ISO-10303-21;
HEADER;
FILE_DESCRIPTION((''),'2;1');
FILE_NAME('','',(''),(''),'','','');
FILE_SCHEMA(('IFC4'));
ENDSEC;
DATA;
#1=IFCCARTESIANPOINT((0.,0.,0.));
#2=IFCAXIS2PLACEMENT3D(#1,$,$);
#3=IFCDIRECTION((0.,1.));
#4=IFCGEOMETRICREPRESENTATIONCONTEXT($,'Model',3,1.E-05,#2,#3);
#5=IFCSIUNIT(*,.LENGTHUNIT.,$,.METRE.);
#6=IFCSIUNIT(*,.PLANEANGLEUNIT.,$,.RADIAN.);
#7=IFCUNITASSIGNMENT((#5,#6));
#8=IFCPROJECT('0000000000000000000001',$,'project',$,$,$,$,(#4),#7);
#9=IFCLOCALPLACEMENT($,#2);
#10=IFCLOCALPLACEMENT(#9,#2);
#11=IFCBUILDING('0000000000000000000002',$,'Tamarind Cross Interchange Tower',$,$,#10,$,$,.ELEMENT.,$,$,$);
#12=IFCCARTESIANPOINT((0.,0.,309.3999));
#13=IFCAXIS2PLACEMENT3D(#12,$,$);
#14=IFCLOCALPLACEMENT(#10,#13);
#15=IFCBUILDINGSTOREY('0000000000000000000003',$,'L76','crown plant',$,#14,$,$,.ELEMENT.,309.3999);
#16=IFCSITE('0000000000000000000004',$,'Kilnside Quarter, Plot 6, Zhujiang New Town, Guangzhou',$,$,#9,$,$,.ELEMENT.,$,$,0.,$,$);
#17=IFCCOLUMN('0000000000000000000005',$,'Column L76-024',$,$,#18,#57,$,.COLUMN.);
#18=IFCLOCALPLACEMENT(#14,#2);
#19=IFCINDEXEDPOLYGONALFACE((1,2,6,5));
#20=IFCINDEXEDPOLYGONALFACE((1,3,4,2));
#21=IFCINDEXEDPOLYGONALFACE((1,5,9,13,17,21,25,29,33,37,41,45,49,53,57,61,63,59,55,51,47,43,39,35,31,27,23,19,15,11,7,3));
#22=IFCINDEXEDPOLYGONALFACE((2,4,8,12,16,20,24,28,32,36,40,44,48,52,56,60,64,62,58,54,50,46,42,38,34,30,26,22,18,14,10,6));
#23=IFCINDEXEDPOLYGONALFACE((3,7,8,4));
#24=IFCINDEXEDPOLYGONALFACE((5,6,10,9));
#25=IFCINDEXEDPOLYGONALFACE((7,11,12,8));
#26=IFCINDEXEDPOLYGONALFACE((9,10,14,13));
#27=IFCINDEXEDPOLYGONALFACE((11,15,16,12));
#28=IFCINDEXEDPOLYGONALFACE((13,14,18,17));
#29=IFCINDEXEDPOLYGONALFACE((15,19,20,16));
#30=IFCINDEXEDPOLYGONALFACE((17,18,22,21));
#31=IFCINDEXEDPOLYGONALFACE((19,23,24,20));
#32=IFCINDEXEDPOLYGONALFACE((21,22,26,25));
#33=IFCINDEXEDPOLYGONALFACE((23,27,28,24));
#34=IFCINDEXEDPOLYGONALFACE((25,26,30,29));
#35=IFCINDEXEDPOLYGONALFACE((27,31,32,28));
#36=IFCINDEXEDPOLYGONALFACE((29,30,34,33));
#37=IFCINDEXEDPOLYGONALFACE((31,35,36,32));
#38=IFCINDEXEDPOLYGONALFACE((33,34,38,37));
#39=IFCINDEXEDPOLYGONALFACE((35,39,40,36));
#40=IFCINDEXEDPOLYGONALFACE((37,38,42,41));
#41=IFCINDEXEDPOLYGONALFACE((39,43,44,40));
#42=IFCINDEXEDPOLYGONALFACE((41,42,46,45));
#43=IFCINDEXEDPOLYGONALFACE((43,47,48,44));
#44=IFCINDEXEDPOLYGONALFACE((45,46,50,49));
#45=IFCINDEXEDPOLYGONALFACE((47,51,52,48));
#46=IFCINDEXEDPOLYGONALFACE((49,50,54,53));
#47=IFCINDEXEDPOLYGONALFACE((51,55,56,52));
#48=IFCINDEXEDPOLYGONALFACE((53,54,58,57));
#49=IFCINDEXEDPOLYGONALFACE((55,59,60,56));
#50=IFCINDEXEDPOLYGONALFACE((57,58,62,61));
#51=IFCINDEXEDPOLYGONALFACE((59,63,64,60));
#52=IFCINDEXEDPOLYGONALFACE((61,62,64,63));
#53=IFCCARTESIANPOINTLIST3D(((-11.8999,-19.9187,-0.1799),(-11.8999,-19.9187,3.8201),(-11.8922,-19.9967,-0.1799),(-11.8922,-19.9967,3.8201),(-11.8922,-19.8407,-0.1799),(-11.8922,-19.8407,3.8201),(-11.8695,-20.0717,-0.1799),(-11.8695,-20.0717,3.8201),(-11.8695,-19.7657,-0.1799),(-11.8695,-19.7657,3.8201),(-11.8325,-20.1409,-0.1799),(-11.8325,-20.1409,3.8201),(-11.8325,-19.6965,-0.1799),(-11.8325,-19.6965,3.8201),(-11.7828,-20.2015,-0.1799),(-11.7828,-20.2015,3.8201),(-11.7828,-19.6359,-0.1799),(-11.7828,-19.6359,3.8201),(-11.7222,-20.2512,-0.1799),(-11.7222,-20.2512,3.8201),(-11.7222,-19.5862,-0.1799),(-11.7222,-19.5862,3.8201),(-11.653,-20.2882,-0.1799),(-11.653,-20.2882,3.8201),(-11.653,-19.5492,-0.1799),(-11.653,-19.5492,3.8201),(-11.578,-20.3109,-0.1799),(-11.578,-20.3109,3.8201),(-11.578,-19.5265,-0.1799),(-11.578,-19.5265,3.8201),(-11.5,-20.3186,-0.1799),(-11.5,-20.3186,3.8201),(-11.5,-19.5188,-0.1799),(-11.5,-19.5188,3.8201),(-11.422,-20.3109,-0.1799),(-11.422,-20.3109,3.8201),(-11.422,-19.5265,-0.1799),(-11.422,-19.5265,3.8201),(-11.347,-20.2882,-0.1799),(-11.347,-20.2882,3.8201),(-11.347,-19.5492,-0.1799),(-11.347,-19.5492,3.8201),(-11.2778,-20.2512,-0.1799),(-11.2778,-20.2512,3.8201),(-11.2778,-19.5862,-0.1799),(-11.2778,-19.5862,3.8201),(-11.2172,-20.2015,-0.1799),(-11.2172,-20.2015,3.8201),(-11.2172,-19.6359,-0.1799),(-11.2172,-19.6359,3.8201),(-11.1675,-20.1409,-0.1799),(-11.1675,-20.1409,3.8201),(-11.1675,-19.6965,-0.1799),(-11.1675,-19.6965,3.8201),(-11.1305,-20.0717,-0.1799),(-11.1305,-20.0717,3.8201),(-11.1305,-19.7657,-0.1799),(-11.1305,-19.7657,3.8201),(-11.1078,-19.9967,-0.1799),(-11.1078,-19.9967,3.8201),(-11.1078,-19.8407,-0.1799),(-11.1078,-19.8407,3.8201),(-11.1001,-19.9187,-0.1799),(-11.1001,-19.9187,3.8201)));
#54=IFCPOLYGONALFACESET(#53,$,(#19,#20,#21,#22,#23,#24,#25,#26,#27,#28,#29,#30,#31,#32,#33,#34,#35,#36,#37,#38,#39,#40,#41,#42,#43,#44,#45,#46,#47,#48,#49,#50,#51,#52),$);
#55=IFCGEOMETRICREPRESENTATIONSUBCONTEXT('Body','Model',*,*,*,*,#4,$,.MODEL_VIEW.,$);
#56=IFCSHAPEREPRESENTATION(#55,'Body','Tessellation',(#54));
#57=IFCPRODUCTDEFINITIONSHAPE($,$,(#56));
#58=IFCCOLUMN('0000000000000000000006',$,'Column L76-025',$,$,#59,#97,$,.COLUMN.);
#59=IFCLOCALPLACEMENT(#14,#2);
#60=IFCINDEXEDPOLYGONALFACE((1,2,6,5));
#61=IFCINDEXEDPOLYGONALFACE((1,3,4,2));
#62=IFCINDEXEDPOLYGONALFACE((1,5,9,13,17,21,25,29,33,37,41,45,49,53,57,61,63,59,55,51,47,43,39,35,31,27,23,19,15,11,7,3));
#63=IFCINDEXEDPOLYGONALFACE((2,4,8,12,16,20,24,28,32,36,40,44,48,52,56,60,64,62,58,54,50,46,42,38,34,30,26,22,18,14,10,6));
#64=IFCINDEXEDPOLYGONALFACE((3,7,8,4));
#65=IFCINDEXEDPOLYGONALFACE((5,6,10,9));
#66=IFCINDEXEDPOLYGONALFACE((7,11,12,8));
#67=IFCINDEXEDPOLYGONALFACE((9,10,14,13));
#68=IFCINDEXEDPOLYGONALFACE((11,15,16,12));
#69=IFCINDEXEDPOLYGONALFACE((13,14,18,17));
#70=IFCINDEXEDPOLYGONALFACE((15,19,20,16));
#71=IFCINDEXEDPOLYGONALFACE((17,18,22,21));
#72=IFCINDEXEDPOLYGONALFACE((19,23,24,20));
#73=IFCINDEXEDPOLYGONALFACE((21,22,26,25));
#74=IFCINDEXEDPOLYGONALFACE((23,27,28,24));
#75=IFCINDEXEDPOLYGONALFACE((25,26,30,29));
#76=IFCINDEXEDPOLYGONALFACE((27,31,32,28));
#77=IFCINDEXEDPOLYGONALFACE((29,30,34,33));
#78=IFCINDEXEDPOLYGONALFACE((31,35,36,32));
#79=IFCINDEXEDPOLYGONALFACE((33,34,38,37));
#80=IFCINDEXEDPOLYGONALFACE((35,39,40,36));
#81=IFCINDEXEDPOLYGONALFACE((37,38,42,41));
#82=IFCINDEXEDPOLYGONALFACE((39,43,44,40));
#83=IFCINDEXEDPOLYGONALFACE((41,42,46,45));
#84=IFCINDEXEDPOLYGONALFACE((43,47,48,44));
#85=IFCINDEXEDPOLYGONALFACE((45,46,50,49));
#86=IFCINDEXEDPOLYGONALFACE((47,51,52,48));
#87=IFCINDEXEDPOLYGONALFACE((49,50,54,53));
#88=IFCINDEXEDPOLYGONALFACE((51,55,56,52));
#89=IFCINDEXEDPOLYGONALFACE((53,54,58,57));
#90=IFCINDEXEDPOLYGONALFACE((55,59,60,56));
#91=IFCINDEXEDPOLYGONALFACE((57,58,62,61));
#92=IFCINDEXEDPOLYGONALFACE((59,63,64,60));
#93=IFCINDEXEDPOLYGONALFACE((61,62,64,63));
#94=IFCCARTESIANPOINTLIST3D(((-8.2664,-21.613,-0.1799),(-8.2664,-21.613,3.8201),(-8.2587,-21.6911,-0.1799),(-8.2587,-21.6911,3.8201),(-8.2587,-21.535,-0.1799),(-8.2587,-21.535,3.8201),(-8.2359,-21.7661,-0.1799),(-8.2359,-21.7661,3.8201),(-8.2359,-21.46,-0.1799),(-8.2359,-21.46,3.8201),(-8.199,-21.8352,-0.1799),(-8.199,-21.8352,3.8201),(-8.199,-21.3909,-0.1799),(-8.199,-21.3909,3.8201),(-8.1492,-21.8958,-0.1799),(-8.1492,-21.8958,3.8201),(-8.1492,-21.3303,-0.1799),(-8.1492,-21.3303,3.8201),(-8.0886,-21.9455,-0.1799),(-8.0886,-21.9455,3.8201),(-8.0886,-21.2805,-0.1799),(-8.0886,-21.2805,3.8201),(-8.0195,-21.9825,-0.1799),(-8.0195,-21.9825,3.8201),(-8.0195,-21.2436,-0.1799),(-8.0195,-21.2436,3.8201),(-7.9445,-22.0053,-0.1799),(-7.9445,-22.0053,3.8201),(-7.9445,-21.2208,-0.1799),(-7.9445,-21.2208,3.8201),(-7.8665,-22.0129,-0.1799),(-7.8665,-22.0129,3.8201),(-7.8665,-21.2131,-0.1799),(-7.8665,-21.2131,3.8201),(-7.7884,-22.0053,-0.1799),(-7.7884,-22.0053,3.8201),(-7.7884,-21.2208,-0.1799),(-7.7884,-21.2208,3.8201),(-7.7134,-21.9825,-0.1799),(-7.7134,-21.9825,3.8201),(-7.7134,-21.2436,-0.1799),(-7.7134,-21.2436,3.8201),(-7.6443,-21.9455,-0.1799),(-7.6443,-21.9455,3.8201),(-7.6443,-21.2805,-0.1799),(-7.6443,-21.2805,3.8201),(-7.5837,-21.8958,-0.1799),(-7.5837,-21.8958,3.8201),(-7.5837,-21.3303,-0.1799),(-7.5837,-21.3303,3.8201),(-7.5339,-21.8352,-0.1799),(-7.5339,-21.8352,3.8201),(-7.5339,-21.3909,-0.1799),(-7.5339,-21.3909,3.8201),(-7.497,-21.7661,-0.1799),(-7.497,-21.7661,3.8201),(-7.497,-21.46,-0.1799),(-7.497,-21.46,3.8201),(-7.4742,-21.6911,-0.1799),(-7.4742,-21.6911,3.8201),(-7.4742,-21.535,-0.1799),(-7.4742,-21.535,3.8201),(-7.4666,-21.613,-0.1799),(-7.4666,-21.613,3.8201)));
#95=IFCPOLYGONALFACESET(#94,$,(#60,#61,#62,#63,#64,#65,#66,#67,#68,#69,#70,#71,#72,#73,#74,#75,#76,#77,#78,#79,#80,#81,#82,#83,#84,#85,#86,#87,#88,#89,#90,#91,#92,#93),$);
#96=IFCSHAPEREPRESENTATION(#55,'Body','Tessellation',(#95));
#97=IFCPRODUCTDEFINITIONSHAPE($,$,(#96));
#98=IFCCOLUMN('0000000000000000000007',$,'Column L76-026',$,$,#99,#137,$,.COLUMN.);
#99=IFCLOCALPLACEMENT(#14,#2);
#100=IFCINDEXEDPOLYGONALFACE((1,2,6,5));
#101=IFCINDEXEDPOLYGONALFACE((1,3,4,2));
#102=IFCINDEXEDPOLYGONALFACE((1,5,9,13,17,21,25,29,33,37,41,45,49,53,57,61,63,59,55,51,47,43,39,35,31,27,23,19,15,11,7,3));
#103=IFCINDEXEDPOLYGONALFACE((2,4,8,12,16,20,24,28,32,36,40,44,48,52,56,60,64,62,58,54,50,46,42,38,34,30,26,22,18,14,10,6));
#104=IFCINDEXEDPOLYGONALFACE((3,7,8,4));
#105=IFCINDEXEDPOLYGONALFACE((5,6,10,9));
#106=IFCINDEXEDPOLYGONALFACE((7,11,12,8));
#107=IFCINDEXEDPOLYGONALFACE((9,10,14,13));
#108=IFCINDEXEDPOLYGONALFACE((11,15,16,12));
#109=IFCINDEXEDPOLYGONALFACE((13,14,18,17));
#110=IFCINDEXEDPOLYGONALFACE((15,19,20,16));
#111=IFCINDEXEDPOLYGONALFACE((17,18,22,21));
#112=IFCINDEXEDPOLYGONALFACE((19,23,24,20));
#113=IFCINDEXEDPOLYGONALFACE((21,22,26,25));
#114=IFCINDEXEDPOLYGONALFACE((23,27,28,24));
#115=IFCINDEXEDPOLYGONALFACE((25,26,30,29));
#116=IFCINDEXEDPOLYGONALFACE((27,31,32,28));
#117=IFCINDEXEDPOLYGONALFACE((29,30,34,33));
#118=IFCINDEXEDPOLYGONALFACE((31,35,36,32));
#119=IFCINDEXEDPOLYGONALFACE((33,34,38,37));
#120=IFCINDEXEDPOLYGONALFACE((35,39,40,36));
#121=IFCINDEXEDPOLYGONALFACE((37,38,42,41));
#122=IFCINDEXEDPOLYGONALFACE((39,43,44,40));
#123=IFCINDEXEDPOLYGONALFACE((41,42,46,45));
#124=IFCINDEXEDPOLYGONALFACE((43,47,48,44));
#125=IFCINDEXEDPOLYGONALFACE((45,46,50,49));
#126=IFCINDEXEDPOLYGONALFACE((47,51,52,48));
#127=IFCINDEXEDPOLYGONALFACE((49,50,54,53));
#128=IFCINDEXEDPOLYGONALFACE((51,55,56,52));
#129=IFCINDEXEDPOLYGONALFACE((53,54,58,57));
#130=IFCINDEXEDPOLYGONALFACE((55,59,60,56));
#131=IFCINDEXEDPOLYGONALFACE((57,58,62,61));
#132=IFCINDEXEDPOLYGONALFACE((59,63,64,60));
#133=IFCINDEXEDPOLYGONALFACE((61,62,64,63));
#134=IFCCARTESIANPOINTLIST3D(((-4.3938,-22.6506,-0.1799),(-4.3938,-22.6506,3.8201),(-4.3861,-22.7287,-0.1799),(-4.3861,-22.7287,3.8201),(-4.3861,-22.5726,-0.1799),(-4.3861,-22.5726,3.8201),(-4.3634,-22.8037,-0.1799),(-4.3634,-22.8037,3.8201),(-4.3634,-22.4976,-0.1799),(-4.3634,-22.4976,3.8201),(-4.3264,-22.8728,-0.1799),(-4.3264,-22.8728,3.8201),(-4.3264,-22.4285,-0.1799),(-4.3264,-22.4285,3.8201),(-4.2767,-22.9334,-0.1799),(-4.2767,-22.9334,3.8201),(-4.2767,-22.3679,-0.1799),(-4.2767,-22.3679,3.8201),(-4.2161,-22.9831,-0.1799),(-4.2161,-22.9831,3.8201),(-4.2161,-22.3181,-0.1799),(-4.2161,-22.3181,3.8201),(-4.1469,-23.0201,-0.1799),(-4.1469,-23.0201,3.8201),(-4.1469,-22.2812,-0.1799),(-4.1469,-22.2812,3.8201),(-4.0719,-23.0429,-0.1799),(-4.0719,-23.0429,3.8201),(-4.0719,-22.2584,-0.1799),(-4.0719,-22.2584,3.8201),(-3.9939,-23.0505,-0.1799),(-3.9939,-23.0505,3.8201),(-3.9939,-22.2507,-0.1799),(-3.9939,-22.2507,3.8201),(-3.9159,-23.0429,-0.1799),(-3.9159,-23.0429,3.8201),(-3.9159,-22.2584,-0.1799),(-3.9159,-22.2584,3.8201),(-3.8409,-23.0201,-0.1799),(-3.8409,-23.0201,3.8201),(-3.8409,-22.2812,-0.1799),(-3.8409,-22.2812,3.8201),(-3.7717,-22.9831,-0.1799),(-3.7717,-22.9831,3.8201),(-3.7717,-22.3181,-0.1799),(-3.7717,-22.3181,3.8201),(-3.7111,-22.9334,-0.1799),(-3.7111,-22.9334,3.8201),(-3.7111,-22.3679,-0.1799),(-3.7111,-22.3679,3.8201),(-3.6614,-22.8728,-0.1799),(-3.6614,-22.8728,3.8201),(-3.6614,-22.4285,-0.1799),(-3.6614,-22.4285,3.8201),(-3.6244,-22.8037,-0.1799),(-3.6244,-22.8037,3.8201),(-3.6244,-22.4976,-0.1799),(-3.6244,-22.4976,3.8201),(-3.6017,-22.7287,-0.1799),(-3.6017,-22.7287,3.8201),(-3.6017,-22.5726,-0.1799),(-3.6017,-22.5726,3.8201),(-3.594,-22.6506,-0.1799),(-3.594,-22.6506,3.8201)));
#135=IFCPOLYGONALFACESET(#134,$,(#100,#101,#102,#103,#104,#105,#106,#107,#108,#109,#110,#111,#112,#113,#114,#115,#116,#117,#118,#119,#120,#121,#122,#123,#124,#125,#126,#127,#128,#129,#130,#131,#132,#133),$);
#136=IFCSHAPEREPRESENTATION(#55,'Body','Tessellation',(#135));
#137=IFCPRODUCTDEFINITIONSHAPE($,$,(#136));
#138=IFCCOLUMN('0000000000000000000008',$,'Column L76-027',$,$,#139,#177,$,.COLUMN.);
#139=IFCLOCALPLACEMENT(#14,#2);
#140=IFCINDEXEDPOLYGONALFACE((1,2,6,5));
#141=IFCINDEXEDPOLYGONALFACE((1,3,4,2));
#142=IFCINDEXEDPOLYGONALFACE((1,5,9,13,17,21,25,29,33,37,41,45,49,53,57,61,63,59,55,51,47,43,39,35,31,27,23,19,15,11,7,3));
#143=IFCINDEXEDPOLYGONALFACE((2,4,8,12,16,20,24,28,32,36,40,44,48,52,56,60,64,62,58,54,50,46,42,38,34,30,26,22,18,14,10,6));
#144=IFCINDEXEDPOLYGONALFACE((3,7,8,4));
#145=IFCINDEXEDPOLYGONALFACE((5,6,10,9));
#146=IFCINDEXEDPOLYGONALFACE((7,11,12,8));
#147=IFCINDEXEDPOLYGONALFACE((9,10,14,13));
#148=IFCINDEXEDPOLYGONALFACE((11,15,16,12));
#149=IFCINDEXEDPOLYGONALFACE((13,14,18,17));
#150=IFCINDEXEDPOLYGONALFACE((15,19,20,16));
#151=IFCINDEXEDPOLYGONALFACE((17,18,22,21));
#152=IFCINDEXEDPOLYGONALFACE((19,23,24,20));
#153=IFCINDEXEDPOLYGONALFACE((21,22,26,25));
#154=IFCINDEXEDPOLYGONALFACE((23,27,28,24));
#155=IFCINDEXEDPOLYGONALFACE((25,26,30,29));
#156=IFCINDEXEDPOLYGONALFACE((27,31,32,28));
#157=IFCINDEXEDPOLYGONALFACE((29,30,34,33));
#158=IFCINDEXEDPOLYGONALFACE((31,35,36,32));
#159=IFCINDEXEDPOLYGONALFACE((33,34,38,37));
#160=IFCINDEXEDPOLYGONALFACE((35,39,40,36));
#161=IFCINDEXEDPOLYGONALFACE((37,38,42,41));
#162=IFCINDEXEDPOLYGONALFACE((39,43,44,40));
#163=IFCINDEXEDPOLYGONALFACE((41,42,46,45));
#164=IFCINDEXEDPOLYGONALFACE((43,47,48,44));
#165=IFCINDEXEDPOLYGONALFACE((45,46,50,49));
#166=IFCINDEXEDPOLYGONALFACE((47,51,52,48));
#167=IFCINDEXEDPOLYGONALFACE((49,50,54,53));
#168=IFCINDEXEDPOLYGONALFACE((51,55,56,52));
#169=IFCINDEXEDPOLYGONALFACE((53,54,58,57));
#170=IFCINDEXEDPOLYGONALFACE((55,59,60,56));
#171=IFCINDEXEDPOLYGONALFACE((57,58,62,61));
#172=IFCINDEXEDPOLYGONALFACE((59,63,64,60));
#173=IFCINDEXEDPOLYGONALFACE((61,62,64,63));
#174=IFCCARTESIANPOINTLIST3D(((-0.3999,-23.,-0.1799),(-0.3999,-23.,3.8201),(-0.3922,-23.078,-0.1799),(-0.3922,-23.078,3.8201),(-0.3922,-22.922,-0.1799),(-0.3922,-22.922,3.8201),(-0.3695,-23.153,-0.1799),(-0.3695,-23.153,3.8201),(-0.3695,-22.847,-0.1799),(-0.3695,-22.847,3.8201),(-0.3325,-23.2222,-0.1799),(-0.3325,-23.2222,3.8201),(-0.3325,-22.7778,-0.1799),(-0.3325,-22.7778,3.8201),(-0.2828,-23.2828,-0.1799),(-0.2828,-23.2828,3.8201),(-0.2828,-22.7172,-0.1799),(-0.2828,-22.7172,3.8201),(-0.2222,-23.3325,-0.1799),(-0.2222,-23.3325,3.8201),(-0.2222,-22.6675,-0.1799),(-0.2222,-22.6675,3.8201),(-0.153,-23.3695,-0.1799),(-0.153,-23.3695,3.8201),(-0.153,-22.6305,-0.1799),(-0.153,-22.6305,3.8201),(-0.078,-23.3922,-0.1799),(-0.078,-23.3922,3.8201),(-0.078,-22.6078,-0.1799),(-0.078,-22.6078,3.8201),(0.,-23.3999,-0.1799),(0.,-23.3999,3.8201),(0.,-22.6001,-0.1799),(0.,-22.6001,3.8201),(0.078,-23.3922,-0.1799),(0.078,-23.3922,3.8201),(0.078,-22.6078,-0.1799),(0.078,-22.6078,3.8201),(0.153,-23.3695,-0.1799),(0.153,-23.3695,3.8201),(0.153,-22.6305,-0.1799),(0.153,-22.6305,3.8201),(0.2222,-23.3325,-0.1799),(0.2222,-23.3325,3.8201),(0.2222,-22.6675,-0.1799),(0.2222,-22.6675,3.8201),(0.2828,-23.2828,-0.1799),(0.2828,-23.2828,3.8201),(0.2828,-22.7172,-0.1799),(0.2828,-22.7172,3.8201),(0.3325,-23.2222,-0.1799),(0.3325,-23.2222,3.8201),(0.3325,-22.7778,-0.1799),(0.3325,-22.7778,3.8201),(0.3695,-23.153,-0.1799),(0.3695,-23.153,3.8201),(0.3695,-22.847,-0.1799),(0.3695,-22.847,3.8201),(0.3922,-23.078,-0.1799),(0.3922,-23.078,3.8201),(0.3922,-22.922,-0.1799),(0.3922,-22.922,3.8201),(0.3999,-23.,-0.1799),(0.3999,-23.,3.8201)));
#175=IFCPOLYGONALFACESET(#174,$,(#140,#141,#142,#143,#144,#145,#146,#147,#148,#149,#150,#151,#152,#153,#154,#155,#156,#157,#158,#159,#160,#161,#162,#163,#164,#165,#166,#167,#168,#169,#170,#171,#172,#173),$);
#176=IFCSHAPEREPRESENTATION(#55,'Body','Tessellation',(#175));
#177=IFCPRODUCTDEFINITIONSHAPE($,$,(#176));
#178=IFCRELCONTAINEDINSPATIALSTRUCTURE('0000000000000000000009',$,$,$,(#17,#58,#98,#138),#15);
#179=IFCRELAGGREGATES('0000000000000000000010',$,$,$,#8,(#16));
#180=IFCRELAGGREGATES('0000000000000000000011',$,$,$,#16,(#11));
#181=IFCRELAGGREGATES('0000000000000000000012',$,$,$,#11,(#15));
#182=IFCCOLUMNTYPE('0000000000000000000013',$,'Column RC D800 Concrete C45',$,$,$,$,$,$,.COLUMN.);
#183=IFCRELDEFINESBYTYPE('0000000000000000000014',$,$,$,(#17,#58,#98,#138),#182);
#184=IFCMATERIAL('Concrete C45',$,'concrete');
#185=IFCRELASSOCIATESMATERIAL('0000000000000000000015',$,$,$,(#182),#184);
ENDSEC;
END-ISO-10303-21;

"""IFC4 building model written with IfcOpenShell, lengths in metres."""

from ifc_helpers import new_model, si_unit, direction, frame, origin, origin_2d, place, context, subcontext, project, spatial, circle, extrude, material, material_profile, profile_set, type_object, element, save


model = new_model("IFC4")

# Units and contexts
model_context = context("Model", 3, precision=1e-05, world=origin(), true_north=direction((0.0, 1.0)))
body_context = subcontext(model_context, "Body", "Model", "MODEL_VIEW")
ifc_project = project(units=[si_unit("LENGTHUNIT", "METRE"), si_unit("PLANEANGLEUNIT", "RADIAN")], contexts=[model_context])

# Site, building, storey
site_placement = place(None, origin())
site = spatial("IfcSite", under=ifc_project, at=site_placement, Name="Kilnside Quarter, Plot 6, Zhujiang New Town, Guangzhou", CompositionType="ELEMENT", RefElevation=0.0)
building_placement = place(site_placement, origin())
building = spatial("IfcBuilding", under=site, at=building_placement, Name="Tamarind Cross Interchange Tower", CompositionType="ELEMENT")
storey_placement = place(building_placement, frame((0.0, 0.0, 309.3999)))
storey = spatial("IfcBuildingStorey", under=building, at=storey_placement, Name="L76", Description="crown plant", CompositionType="ELEMENT", Elevation=309.3999)

# Columns
ifc_material_1 = material(Name="Concrete C45", Category="concrete")
ifc_material_profile_1 = material_profile(ifc_material_1, circle(Radius=0.3999, at=origin_2d()), Name="RC D800")
ifc_profile_set_1 = profile_set([ifc_material_profile_1], Name="Concrete C45")
column_type = type_object("IfcColumnType", Name="Column RC D800 Concrete C45", PredefinedType="COLUMN", material=ifc_profile_set_1)
for number, where, z_axis, x_axis, name in (
    (1, (-11.5, -19.9187, -0.1799), (0.0, 0.0, 1.0), (1.0, 0.0, 0.0), "Column L76-024"),
    (2, (-7.8665, -21.613, -0.1799), (0.0, 0.0, 1.0), (1.0, 0.0, 0.0), "Column L76-025"),
    (3, (-3.9939, -22.6506, -0.1799), (0.0, 0.0, 1.0), (1.0, 0.0, 0.0), "Column L76-026"),
    (4, (0.0, -23.0, -0.1799), (0.0, 0.0, 1.0), (1.0, 0.0, 0.0), "Column L76-027"),
):
    element("IfcColumn", number, at=place(storey_placement, frame(where, z_axis=z_axis, x_axis=x_axis)), inside=storey, type_object=column_type, Name=name, PredefinedType="COLUMN", context=body_context, shape_type="SweptSolid", body=[
        extrude(circle(Radius=0.3999, at=origin_2d()), origin(), (0.0, 0.0, 1.0), 4.0),
    ])

save(model, "model.ifc")
